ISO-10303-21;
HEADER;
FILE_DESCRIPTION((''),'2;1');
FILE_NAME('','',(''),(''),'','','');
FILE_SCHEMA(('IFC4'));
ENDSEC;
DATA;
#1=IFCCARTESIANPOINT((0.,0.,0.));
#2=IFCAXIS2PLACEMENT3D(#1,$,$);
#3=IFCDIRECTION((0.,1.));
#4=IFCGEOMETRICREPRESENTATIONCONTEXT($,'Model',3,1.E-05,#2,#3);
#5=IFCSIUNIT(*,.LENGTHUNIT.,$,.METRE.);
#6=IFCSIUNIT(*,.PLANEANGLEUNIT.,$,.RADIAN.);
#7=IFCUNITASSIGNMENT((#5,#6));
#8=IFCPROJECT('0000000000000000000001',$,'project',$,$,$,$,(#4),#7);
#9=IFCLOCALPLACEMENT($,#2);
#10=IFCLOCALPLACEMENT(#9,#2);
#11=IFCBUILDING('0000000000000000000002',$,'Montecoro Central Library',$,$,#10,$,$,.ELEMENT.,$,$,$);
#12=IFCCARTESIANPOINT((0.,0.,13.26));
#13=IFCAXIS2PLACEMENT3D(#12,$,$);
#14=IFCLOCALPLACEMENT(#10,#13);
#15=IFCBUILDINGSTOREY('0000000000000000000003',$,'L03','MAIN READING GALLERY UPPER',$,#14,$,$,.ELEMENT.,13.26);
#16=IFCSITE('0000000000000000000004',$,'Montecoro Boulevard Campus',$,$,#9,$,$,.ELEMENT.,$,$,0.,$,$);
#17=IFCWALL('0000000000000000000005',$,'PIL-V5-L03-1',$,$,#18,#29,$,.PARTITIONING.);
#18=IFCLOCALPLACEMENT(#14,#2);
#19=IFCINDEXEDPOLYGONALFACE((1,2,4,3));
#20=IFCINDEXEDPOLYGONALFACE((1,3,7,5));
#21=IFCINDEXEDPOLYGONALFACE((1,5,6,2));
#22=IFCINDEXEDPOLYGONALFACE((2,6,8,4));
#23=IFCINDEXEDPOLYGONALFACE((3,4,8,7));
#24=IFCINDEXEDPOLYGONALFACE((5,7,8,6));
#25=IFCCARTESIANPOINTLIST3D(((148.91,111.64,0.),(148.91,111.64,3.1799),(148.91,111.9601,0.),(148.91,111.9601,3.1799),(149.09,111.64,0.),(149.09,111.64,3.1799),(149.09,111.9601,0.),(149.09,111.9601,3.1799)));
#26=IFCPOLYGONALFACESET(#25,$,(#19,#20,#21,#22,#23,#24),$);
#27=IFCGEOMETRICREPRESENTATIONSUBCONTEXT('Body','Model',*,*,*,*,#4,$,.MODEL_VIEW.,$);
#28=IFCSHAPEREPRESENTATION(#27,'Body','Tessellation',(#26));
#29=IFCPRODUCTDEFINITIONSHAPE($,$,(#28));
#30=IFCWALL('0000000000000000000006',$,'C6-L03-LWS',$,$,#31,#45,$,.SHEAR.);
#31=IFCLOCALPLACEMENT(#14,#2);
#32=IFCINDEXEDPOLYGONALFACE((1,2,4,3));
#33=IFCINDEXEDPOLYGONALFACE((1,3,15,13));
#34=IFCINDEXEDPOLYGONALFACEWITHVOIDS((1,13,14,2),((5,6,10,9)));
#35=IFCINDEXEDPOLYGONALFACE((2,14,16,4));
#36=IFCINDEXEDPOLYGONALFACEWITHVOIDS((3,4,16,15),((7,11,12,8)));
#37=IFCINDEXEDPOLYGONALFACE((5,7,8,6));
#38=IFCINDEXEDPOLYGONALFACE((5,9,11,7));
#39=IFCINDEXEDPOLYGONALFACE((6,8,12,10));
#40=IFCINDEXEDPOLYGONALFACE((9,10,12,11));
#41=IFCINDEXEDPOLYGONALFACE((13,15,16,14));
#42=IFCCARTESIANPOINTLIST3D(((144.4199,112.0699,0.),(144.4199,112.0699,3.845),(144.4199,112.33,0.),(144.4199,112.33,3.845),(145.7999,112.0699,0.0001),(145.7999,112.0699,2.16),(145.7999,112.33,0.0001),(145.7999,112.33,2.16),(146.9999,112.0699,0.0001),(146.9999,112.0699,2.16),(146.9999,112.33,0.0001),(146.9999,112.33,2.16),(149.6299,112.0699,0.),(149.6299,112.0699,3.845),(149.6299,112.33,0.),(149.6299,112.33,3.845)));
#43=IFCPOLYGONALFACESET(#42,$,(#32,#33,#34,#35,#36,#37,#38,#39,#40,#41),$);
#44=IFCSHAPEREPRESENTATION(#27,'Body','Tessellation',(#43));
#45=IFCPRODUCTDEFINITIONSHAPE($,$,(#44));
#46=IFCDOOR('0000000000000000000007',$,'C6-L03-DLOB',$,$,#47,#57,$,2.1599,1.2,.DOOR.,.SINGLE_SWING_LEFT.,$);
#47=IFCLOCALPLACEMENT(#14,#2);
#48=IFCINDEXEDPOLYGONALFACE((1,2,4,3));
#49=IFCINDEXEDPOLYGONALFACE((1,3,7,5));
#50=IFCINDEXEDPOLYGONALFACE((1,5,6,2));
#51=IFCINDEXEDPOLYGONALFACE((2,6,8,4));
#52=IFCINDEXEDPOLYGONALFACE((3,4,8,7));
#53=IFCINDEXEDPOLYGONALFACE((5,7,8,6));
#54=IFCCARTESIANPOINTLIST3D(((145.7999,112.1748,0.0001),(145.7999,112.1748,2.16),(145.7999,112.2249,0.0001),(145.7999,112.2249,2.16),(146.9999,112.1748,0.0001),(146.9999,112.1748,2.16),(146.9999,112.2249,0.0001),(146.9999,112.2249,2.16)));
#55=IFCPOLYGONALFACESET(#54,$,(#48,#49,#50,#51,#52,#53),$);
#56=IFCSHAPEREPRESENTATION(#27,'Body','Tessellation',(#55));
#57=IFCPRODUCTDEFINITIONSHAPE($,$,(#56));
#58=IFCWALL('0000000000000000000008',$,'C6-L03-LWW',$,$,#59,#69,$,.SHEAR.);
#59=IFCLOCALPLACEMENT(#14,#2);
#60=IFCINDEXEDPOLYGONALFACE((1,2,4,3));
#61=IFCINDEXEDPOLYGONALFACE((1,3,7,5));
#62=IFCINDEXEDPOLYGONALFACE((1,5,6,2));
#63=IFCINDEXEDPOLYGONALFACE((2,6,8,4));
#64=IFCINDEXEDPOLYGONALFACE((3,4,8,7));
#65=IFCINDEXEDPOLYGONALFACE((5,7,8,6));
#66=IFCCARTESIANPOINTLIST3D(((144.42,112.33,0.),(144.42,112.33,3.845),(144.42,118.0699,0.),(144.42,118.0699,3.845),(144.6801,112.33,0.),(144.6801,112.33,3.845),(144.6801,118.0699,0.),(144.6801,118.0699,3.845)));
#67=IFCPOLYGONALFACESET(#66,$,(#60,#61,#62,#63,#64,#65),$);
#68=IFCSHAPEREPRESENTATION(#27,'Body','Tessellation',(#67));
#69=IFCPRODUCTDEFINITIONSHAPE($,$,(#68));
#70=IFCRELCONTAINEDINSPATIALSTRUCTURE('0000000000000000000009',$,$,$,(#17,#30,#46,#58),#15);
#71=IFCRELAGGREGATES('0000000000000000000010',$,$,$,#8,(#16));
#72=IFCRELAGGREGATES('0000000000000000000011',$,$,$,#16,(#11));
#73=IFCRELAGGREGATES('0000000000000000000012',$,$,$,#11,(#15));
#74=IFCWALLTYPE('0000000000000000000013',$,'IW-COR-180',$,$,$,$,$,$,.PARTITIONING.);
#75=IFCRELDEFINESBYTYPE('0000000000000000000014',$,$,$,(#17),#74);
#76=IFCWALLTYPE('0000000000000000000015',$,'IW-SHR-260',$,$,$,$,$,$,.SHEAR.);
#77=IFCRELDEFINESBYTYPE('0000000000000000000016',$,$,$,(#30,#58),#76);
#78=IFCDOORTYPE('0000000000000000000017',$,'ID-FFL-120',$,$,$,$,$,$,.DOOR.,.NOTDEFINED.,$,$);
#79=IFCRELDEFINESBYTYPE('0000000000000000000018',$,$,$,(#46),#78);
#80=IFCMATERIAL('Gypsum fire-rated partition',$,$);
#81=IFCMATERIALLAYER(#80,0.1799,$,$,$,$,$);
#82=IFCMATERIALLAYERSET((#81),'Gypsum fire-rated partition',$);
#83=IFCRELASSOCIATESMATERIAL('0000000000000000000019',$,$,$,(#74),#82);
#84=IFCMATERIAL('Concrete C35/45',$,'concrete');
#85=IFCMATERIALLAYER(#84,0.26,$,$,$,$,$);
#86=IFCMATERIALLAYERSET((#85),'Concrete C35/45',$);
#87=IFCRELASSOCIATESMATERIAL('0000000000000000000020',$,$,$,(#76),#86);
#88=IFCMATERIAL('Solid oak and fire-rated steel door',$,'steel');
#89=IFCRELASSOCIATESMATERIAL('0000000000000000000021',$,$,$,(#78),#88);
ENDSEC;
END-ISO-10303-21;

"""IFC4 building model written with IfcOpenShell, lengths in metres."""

from ifc_helpers import new_model, si_unit, direction, frame, frame_2d, origin, place, context, subcontext, project, spatial, rectangle, extrude, material, layer, layer_set, type_object, element, fill, save


model = new_model("IFC4")

# Units and contexts
model_context = context("Model", 3, precision=1e-05, world=origin(), true_north=direction((0.0, 1.0)))
body_context = subcontext(model_context, "Body", "Model", "MODEL_VIEW")
ifc_project = project(units=[si_unit("LENGTHUNIT", "METRE"), si_unit("PLANEANGLEUNIT", "RADIAN")], contexts=[model_context])

# Site, building, storey
site_placement = place(None, origin())
site = spatial("IfcSite", under=ifc_project, at=site_placement, Name="Montecoro Boulevard Campus", CompositionType="ELEMENT", RefElevation=0.0)
building_placement = place(site_placement, origin())
building = spatial("IfcBuilding", under=site, at=building_placement, Name="Montecoro Central Library", CompositionType="ELEMENT")
storey_placement = place(building_placement, frame((0.0, 0.0, 13.26)))
storey = spatial("IfcBuildingStorey", under=building, at=storey_placement, Name="L03", Description="MAIN READING GALLERY UPPER", CompositionType="ELEMENT", Elevation=13.26)

# Wall
ifc_material_1 = material(Name="Gypsum fire-rated partition")
ifc_layer_1 = layer(ifc_material_1, 0.1799)
ifc_layer_set_1 = layer_set([ifc_layer_1], Name="Gypsum fire-rated partition")
wall_type_1 = type_object("IfcWallType", Name="IW-COR-180", PredefinedType="PARTITIONING", material=ifc_layer_set_1)
wall_1_placement = place(storey_placement, frame((149.0, 111.6399, 0.0), z_axis=(0.0, 0.0, 1.0), x_axis=(0.0, 1.0, 0.0)))
element("IfcWall", 1, at=wall_1_placement, inside=storey, type_object=wall_type_1, Name="PIL-V5-L03-1", PredefinedType="PARTITIONING", context=body_context, shape_type="SweptSolid", body=[
    extrude(rectangle(XDim=0.3201, YDim=0.1799, at=frame_2d((0.1602, 0.0))), origin(), (0.0, 0.0, 1.0), 3.1799),
])

# Shared definitions
ifc_material_2 = material(Name="Solid oak and fire-rated steel door", Category="steel")

# Wall, opening, door
ifc_material_3 = material(Name="Concrete C35/45", Category="concrete")
ifc_layer_2 = layer(ifc_material_3, 0.26)
ifc_layer_set_2 = layer_set([ifc_layer_2], Name="Concrete C35/45")
wall_type_2 = type_object("IfcWallType", Name="IW-SHR-260", PredefinedType="SHEAR", material=ifc_layer_set_2)
wall_2_placement = place(storey_placement, frame((144.4199, 112.2, 0.0), z_axis=(0.0, 0.0, 1.0), x_axis=(1.0, 0.0, 0.0)))
wall_2 = element("IfcWall", 2, at=wall_2_placement, inside=storey, type_object=wall_type_2, Name="C6-L03-LWS", PredefinedType="SHEAR", context=body_context, shape_type="SweptSolid", body=[
    extrude(rectangle(XDim=5.21, YDim=0.26, at=frame_2d((2.605, 0.0))), origin(), (0.0, 0.0, 1.0), 3.845),
])
opening_1_placement = place(wall_2_placement, frame((1.3799, 0.0, 0.0)))
opening_1 = element("IfcOpeningElement", 3, at=opening_1_placement, cuts=wall_2, PredefinedType="OPENING", context=body_context, shape_type="SweptSolid", body=[
    extrude(rectangle(XDim=1.2, YDim=2.1599, at=frame_2d((0.6001, 1.0801))), frame((0.0, 0.1399, 0.0), z_axis=(0.0, -1.0, 0.0), x_axis=(1.0, 0.0, 0.0)), (0.0, 0.0, 1.0), 0.28),
])
door_type_1 = type_object("IfcDoorType", Name="ID-FFL-120", OperationType="NOTDEFINED", PredefinedType="DOOR", material=ifc_material_2)
door_1_placement = place(opening_1_placement, origin())
door_1 = element("IfcDoor", 4, at=door_1_placement, inside=storey, type_object=door_type_1, Name="C6-L03-DLOB", OperationType="SINGLE_SWING_LEFT", OverallHeight=2.1599, OverallWidth=1.2, PredefinedType="DOOR", context=body_context, shape_type="SweptSolid", body=[
    extrude(rectangle(XDim=1.2, YDim=2.1599, at=frame_2d((0.6001, 1.0801))), frame((0.0, 0.0249, 0.0), z_axis=(0.0, -1.0, 0.0), x_axis=(1.0, 0.0, 0.0)), (0.0, 0.0, 1.0), 0.05),
])
fill(opening_1, door_1)

# Wall
wall_3_placement = place(storey_placement, frame((144.55, 118.0701, 0.0), z_axis=(0.0, 0.0, 1.0), x_axis=(0.0, -1.0, 0.0)))
element("IfcWall", 5, at=wall_3_placement, inside=storey, type_object=wall_type_2, Name="C6-L03-LWW", PredefinedType="SHEAR", context=body_context, shape_type="SweptSolid", body=[
    extrude(rectangle(XDim=5.74, YDim=0.26, at=frame_2d((2.8701, 0.0))), origin(), (0.0, 0.0, 1.0), 3.845),
])

save(model, "model.ifc")
